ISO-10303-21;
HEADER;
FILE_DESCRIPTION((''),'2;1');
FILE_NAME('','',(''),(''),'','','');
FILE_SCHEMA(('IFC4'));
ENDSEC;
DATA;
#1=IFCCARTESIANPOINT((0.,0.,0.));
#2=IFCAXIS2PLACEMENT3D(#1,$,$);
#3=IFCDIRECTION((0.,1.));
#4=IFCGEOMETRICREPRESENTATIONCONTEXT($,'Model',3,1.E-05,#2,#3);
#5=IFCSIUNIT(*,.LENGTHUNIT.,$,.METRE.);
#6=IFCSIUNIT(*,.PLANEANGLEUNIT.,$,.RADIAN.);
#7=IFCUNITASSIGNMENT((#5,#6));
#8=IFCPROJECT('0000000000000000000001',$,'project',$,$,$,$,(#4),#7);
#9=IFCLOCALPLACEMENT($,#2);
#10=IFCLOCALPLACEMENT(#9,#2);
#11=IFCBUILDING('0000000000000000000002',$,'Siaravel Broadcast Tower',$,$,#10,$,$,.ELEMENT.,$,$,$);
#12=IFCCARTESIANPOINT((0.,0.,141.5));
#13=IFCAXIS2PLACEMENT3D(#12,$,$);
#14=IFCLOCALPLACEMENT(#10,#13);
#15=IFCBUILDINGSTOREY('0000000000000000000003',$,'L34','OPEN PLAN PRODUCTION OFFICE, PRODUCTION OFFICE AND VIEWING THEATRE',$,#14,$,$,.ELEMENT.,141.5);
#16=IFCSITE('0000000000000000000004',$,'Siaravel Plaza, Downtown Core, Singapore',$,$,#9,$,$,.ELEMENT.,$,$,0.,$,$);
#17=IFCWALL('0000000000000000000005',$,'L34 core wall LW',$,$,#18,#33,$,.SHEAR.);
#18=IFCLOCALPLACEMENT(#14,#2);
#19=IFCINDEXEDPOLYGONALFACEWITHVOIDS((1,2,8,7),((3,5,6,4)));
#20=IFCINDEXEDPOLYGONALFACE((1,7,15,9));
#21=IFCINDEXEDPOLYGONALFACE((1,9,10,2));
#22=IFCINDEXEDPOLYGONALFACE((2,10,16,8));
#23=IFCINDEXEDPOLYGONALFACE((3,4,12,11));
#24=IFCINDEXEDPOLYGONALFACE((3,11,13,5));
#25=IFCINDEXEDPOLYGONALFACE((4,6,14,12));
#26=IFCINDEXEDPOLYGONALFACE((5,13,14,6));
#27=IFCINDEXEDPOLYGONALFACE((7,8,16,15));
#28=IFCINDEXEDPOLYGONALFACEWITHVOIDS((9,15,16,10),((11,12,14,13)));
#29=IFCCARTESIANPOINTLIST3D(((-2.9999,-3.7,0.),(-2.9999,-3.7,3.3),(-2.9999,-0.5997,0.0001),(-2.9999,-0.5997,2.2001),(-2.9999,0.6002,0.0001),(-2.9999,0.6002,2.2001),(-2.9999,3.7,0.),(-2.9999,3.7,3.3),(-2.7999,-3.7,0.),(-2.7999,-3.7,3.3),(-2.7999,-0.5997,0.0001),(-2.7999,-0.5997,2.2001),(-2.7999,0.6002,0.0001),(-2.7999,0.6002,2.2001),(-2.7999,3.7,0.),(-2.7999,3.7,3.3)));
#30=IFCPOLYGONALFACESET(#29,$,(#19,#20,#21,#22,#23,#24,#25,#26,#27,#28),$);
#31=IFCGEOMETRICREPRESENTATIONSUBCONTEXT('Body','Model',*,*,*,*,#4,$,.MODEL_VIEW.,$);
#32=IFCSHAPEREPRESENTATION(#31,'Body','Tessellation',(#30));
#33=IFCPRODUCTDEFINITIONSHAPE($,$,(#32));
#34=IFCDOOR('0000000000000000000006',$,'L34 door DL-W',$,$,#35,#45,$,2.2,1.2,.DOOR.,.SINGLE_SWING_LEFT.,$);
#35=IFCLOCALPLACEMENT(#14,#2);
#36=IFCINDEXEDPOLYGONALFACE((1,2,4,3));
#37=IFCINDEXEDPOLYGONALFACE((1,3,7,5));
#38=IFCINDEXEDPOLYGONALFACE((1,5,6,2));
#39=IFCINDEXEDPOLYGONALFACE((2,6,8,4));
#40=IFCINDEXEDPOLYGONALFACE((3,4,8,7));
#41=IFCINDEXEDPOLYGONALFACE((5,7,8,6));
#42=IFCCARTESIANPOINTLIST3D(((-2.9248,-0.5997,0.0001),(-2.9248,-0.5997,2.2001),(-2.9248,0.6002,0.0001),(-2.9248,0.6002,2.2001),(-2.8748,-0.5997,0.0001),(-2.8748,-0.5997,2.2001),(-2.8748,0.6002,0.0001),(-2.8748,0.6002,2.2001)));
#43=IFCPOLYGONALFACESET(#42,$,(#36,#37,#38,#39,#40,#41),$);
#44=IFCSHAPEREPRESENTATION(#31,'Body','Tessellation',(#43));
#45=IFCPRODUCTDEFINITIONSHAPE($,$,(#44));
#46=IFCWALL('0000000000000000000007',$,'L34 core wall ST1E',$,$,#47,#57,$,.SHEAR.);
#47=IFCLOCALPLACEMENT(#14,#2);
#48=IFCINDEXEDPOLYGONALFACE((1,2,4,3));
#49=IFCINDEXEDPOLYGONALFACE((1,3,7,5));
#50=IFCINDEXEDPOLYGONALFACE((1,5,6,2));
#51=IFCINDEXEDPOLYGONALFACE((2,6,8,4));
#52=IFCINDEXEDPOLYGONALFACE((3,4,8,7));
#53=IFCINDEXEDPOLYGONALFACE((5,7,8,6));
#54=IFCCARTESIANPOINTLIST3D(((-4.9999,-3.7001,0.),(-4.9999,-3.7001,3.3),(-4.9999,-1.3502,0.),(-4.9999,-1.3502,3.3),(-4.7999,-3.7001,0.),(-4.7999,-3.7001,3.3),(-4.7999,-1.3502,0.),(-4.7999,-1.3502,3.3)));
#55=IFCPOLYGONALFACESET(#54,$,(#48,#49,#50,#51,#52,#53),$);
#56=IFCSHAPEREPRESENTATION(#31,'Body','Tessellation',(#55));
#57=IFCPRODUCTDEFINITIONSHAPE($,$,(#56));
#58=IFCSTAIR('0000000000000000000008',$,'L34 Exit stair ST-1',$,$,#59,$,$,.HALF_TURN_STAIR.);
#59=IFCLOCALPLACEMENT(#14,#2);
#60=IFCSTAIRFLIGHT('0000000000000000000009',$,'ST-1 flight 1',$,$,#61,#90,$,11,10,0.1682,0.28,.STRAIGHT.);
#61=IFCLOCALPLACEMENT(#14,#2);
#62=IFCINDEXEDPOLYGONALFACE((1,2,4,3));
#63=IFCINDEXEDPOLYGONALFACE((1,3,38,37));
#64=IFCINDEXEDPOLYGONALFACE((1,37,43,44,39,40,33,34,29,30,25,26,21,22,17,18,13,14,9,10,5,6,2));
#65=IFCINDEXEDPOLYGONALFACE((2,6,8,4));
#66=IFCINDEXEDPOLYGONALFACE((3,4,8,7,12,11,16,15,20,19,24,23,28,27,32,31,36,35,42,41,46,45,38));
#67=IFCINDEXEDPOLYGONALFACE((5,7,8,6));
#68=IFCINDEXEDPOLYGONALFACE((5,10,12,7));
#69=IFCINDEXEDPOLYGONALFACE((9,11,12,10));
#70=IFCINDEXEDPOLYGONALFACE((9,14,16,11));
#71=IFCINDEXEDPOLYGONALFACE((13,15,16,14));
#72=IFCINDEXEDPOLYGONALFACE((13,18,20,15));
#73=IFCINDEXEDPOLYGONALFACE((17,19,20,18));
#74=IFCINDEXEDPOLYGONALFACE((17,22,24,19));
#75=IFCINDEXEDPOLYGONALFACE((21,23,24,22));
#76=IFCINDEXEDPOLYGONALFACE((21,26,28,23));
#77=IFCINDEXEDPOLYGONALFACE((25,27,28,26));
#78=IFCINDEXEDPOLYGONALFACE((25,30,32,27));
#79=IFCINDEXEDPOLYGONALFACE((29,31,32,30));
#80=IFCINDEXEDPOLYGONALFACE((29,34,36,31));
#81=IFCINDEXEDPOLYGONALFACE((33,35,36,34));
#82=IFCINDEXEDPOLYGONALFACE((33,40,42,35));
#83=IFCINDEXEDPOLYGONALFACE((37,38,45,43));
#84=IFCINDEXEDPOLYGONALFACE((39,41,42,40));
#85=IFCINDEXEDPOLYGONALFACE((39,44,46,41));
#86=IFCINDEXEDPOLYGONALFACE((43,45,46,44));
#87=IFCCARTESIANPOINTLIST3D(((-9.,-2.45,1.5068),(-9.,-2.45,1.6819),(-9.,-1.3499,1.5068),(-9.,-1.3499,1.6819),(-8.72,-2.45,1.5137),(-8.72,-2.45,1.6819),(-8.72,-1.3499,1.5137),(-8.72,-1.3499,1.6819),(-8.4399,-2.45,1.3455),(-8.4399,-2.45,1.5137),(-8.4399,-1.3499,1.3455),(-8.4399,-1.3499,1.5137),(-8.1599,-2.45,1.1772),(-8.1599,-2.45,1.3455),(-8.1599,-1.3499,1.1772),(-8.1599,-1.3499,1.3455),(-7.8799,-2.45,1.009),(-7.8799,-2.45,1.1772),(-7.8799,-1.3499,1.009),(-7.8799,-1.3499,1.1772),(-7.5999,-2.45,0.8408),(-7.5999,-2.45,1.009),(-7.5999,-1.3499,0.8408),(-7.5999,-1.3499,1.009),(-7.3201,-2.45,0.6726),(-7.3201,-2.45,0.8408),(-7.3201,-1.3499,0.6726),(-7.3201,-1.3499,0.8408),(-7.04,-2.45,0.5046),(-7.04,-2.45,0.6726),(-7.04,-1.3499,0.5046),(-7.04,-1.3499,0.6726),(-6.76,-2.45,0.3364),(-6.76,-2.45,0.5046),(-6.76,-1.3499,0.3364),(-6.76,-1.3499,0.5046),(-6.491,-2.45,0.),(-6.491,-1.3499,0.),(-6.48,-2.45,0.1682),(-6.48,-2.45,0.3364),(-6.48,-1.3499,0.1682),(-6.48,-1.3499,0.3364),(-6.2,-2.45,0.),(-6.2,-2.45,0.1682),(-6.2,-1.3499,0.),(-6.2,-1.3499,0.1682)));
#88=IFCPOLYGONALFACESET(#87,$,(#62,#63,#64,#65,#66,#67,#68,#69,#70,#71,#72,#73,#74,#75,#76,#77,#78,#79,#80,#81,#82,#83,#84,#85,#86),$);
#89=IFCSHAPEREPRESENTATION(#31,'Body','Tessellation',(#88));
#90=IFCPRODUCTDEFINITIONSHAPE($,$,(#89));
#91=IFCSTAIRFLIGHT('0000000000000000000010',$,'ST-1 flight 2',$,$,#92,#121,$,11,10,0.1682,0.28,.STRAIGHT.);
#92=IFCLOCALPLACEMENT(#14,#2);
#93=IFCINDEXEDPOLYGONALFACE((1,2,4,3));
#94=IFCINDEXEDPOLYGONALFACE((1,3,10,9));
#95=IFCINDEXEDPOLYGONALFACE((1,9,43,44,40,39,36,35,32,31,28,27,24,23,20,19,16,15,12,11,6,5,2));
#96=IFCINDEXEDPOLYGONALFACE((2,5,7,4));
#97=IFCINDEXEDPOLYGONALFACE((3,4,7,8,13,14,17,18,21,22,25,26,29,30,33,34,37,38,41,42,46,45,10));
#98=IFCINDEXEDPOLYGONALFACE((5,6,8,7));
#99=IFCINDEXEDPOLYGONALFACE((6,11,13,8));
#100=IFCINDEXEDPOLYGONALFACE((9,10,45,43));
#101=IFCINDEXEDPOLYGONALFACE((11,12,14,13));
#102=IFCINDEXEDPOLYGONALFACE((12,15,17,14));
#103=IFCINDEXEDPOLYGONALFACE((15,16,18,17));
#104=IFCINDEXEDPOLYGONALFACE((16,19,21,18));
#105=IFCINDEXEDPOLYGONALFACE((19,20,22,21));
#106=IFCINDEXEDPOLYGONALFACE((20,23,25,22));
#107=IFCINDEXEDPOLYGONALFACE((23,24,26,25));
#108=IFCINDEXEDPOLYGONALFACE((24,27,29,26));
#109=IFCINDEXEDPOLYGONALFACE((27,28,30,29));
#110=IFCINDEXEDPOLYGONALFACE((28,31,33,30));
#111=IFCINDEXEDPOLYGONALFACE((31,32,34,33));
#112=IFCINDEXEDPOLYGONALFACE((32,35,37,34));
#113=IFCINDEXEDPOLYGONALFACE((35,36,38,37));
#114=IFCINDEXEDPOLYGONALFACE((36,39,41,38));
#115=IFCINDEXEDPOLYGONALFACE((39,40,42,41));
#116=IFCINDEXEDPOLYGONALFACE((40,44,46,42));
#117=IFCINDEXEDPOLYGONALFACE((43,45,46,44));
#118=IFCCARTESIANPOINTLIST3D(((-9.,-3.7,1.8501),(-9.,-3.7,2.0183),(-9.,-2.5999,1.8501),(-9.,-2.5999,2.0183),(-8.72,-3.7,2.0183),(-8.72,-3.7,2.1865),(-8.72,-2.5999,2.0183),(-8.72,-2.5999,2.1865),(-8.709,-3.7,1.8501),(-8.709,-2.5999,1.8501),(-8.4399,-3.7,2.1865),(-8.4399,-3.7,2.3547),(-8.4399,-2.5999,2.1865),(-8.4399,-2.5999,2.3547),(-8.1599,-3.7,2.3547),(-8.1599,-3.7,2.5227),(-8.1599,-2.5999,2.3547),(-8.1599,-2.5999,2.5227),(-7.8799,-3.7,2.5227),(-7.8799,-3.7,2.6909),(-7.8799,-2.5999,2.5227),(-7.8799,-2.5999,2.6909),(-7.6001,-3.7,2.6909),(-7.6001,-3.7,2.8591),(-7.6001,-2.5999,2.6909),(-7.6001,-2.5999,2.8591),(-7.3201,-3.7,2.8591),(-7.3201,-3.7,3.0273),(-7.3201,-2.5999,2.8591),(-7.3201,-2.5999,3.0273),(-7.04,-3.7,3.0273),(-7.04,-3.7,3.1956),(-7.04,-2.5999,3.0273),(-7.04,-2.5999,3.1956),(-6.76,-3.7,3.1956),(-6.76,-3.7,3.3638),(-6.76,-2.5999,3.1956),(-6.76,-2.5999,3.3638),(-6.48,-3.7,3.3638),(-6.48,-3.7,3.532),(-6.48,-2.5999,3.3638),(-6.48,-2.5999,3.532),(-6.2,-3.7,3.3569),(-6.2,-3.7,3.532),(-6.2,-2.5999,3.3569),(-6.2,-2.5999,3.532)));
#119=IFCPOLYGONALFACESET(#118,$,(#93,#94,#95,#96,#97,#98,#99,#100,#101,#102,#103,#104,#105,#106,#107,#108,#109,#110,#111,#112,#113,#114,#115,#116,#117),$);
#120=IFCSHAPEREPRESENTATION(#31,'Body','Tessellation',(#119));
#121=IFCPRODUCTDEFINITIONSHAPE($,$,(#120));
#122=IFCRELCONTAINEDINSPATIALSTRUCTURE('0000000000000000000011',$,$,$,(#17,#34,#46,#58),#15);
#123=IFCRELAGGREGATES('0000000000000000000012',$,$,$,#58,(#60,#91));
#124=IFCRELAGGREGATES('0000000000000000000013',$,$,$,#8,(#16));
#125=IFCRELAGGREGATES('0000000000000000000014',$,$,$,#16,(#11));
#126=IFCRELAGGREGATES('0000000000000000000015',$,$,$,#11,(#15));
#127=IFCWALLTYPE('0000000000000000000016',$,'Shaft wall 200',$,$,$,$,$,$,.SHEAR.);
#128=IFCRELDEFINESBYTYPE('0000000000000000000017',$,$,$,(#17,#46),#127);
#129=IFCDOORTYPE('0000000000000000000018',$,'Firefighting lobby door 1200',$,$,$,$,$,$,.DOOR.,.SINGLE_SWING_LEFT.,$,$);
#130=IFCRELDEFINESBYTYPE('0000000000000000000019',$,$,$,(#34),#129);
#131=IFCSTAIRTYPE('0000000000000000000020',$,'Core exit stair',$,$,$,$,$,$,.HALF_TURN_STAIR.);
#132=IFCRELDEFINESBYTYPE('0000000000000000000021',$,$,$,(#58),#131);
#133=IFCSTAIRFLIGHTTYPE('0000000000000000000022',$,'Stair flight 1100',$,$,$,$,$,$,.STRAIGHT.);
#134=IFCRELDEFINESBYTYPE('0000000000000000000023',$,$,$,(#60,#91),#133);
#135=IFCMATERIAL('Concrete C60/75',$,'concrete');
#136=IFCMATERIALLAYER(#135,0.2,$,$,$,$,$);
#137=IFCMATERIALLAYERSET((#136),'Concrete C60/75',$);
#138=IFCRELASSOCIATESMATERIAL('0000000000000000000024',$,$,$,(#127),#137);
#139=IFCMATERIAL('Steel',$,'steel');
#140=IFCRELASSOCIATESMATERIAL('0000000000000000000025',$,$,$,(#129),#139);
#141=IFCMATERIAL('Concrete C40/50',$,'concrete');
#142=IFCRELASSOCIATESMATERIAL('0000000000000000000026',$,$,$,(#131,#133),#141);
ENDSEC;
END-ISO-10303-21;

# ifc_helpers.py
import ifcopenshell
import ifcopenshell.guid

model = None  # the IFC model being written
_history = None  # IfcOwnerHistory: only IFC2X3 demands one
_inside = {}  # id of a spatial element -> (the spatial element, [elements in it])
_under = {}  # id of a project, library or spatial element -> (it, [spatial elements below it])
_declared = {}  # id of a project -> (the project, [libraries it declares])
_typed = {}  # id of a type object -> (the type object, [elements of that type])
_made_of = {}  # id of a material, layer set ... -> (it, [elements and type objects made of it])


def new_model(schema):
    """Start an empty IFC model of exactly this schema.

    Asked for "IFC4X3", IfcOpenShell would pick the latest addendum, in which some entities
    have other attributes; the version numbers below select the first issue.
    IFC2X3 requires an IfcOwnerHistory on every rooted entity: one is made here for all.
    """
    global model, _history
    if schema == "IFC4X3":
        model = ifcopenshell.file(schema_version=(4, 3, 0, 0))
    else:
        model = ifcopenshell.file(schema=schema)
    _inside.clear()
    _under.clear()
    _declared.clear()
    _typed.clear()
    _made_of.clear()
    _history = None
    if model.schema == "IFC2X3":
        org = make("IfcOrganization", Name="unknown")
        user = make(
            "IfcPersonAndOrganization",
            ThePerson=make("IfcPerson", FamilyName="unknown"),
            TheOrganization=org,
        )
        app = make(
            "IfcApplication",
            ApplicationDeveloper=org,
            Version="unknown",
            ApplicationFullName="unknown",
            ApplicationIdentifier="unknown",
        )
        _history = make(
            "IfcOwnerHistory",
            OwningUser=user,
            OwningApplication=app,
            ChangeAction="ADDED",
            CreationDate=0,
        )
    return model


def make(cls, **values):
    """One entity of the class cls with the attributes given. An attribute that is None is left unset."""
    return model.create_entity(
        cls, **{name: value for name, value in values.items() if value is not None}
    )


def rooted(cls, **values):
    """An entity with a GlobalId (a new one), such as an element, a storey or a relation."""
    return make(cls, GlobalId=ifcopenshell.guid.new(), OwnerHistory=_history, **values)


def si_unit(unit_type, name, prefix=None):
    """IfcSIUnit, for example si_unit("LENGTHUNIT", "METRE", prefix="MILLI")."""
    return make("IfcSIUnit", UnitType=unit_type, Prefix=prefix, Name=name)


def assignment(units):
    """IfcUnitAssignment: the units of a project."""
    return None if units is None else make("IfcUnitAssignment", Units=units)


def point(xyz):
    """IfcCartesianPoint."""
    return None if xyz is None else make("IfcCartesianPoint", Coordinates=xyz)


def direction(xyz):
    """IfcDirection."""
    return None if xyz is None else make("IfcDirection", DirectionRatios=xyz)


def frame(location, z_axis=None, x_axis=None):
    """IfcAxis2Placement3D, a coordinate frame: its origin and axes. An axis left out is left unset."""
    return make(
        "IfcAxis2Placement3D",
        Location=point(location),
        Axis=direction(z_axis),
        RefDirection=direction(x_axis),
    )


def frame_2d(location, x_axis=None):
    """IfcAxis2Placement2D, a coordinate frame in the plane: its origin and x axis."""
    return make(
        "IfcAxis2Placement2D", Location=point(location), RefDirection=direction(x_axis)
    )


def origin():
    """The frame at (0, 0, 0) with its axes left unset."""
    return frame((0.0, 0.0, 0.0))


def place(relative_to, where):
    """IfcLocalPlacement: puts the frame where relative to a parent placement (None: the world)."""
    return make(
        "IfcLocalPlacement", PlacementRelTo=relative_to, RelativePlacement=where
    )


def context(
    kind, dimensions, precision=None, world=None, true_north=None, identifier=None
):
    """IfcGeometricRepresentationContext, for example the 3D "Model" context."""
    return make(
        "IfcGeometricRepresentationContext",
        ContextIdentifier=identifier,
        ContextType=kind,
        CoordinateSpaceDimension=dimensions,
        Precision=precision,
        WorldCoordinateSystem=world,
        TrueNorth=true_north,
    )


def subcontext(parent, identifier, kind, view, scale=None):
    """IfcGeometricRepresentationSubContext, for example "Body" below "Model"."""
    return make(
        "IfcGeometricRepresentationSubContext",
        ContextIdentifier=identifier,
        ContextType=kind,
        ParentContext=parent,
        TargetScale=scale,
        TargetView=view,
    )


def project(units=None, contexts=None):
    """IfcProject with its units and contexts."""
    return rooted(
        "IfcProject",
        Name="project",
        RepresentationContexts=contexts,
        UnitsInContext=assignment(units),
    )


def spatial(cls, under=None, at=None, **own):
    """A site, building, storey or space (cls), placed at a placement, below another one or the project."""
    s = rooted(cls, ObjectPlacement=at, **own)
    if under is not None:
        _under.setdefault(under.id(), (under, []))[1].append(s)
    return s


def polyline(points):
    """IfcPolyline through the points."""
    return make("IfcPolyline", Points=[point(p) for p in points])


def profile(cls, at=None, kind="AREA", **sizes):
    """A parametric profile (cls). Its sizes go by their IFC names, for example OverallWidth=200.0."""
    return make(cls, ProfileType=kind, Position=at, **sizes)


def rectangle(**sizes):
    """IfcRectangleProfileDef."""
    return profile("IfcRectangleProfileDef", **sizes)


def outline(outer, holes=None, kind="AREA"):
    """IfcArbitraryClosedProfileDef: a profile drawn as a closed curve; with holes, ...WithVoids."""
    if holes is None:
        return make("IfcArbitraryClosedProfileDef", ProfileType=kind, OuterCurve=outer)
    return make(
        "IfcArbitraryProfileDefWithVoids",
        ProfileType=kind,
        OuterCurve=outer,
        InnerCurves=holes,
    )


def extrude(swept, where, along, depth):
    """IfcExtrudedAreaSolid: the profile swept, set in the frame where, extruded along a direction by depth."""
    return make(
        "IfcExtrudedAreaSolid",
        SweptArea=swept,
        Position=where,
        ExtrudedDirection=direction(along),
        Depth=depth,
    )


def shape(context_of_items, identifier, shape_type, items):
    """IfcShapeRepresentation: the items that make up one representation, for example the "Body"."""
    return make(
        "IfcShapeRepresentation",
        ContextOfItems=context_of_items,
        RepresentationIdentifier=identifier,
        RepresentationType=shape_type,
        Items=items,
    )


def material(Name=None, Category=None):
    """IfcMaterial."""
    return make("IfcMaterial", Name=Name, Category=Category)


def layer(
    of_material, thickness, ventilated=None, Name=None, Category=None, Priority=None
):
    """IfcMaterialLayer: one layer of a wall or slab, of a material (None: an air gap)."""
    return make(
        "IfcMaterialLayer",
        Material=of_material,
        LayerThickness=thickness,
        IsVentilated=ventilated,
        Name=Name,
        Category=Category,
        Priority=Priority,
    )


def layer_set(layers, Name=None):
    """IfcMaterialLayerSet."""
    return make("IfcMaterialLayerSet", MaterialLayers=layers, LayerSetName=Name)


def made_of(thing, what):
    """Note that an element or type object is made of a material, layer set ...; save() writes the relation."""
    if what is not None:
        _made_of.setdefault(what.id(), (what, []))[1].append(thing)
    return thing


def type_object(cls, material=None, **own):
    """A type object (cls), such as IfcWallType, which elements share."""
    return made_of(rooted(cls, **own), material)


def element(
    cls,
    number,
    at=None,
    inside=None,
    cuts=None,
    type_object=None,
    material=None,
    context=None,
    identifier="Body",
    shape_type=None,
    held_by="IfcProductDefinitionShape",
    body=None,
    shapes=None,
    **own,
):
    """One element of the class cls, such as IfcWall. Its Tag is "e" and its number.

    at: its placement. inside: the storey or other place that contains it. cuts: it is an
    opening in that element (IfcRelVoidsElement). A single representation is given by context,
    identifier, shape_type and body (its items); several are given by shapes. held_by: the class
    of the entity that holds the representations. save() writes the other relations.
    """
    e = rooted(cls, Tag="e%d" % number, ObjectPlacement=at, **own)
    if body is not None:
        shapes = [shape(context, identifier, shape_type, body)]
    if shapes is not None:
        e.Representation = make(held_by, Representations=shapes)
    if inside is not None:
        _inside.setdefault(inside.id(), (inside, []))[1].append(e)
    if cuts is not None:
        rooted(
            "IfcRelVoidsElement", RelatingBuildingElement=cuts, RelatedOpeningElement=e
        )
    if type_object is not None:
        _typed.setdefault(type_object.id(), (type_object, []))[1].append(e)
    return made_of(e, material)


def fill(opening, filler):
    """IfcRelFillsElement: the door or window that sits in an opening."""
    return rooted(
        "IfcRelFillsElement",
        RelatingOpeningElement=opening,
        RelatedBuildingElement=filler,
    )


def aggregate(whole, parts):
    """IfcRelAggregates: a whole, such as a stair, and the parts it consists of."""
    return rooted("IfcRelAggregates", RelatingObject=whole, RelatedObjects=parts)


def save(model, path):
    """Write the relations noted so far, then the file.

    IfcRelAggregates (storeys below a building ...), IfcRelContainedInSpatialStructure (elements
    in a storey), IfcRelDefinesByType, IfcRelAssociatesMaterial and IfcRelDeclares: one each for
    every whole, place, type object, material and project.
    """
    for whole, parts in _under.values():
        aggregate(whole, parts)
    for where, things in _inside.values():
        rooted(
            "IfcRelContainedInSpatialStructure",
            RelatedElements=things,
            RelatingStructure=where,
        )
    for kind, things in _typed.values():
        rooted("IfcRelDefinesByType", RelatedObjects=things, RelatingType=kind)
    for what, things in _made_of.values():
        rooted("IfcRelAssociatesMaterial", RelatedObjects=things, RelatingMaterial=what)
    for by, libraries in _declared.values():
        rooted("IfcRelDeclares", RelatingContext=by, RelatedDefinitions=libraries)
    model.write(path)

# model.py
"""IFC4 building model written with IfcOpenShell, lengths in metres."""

from ifc_helpers import new_model, si_unit, direction, frame, frame_2d, origin, place, context, subcontext, project, spatial, polyline, rectangle, outline, extrude, material, layer, layer_set, type_object, element, fill, aggregate, save


model = new_model("IFC4")

# Units and contexts
model_context = context("Model", 3, precision=1e-05, world=origin(), true_north=direction((0.0, 1.0)))
body_context = subcontext(model_context, "Body", "Model", "MODEL_VIEW")
ifc_project = project(units=[si_unit("LENGTHUNIT", "METRE"), si_unit("PLANEANGLEUNIT", "RADIAN")], contexts=[model_context])

# Site, building, storey
site_placement = place(None, origin())
site = spatial("IfcSite", under=ifc_project, at=site_placement, Name="Siaravel Plaza, Downtown Core, Singapore", CompositionType="ELEMENT", RefElevation=0.0)
building_placement = place(site_placement, origin())
building = spatial("IfcBuilding", under=site, at=building_placement, Name="Siaravel Broadcast Tower", CompositionType="ELEMENT")
storey_placement = place(building_placement, frame((0.0, 0.0, 141.5)))
storey = spatial("IfcBuildingStorey", under=building, at=storey_placement, Name="L34", Description="OPEN PLAN PRODUCTION OFFICE, PRODUCTION OFFICE AND VIEWING THEATRE", CompositionType="ELEMENT", Elevation=141.5)

# Shared definitions
ifc_material_1 = material(Name="Concrete C60/75", Category="concrete")

# Shared definitions
ifc_material_2 = material(Name="Steel", Category="steel")

# Wall, opening, door
ifc_layer_1 = layer(ifc_material_1, 0.2)
ifc_layer_set_1 = layer_set([ifc_layer_1], Name="Concrete C60/75")
wall_type_1 = type_object("IfcWallType", Name="Shaft wall 200", PredefinedType="SHEAR", material=ifc_layer_set_1)
wall_1_placement = place(storey_placement, frame((-2.8999, -3.7, 0.0), z_axis=(0.0, 0.0, 1.0), x_axis=(0.0, 1.0, 0.0)))
wall_1 = element("IfcWall", 1, at=wall_1_placement, inside=storey, type_object=wall_type_1, Name="L34 core wall LW", PredefinedType="SHEAR", context=body_context, shape_type="SweptSolid", body=[
    extrude(rectangle(XDim=7.3999, YDim=0.2, at=frame_2d((3.7, 0.0))), origin(), (0.0, 0.0, 1.0), 3.3),
])
opening_1_placement = place(wall_1_placement, frame((3.1001, 0.0, 0.0)))
opening_1 = element("IfcOpeningElement", 2, at=opening_1_placement, cuts=wall_1, PredefinedType="OPENING", context=body_context, shape_type="SweptSolid", body=[
    extrude(rectangle(XDim=1.2, YDim=2.2, at=frame_2d((0.6001, 1.1001))), frame((0.0, 0.1099, 0.0), z_axis=(0.0, -1.0, 0.0), x_axis=(1.0, 0.0, 0.0)), (0.0, 0.0, 1.0), 0.22),
])
door_type_1 = type_object("IfcDoorType", Name="Firefighting lobby door 1200", OperationType="SINGLE_SWING_LEFT", PredefinedType="DOOR", material=ifc_material_2)
door_1_placement = place(opening_1_placement, origin())
door_1 = element("IfcDoor", 3, at=door_1_placement, inside=storey, type_object=door_type_1, Name="L34 door DL-W", OperationType="SINGLE_SWING_LEFT", OverallHeight=2.2, OverallWidth=1.2, PredefinedType="DOOR", context=body_context, shape_type="SweptSolid", body=[
    extrude(rectangle(XDim=1.2, YDim=2.2, at=frame_2d((0.6001, 1.1001))), frame((0.0, 0.0249, 0.0), z_axis=(0.0, -1.0, 0.0), x_axis=(1.0, 0.0, 0.0)), (0.0, 0.0, 1.0), 0.05),
])
fill(opening_1, door_1)

# Wall
wall_2_placement = place(storey_placement, frame((-4.8999, -3.7, 0.0), z_axis=(0.0, 0.0, 1.0), x_axis=(0.0, 1.0, 0.0)))
element("IfcWall", 4, at=wall_2_placement, inside=storey, type_object=wall_type_1, Name="L34 core wall ST1E", PredefinedType="SHEAR", context=body_context, shape_type="SweptSolid", body=[
    extrude(rectangle(XDim=2.3499, YDim=0.2, at=frame_2d((1.1748, 0.0))), origin(), (0.0, 0.0, 1.0), 3.3),
])

# Stair, stair flights
ifc_material_3 = material(Name="Concrete C40/50", Category="concrete")
stair_type = type_object("IfcStairType", Name="Core exit stair", PredefinedType="HALF_TURN_STAIR", material=ifc_material_3)
stair_placement = place(storey_placement, origin())
stair = element("IfcStair", 5, at=stair_placement, inside=storey, type_object=stair_type, Name="L34 Exit stair ST-1", PredefinedType="HALF_TURN_STAIR")
stair_flight_type = type_object("IfcStairFlightType", Name="Stair flight 1100", PredefinedType="STRAIGHT", material=ifc_material_3)
stair_flight_1_placement = place(storey_placement, frame((-6.2, -1.8999, 0.0), z_axis=(0.0, 0.0, 1.0), x_axis=(-1.0, 0.0, 0.0)))
stair_flight_1 = element("IfcStairFlight", 6, at=stair_flight_1_placement, type_object=stair_flight_type, Name="ST-1 flight 1", NumberOfRisers=11, NumberOfTreads=10, PredefinedType="STRAIGHT", RiserHeight=0.1682, TreadLength=0.28, context=body_context, shape_type="SweptSolid", body=[
    extrude(outline(polyline([(0.0, 0.0), (0.0, 0.1682), (0.28, 0.1682), (0.28, 0.3364), (0.5601, 0.3364), (0.5601, 0.5046), (0.8401, 0.5046), (0.8401, 0.6726), (1.1201, 0.6726), (1.1201, 0.8408), (1.3999, 0.8408), (1.3999, 1.009), (1.6799, 1.009), (1.6799, 1.1772), (1.96, 1.1772), (1.96, 1.3455), (2.24, 1.3455), (2.24, 1.5137), (2.52, 1.5137), (2.52, 1.6819), (2.8, 1.6819), (2.8, 1.8501), (2.8, 1.5068), (0.291, 0.0), (0.0, 0.0)])), frame((0.0, 0.55, 0.0), z_axis=(0.0, -1.0, 0.0), x_axis=(1.0, 0.0, 0.0)), (0.0, 0.0, 1.0), 1.1001),
])
stair_flight_2_placement = place(storey_placement, frame((-9.0, -3.1499, 1.8501), z_axis=(0.0, 0.0, 1.0), x_axis=(1.0, 0.0, 0.0)))
stair_flight_2 = element("IfcStairFlight", 7, at=stair_flight_2_placement, type_object=stair_flight_type, Name="ST-1 flight 2", NumberOfRisers=11, NumberOfTreads=10, PredefinedType="STRAIGHT", RiserHeight=0.1682, TreadLength=0.28, context=body_context, shape_type="SweptSolid", body=[
    extrude(outline(polyline([(0.0, 0.0), (0.0, 0.1682), (0.28, 0.1682), (0.28, 0.3364), (0.5601, 0.3364), (0.5601, 0.5046), (0.8401, 0.5046), (0.8401, 0.6726), (1.1201, 0.6726), (1.1201, 0.8408), (1.3999, 0.8408), (1.3999, 1.009), (1.6799, 1.009), (1.6799, 1.1772), (1.96, 1.1772), (1.96, 1.3455), (2.24, 1.3455), (2.24, 1.5137), (2.52, 1.5137), (2.52, 1.6819), (2.8, 1.6819), (2.8, 1.8501), (2.8, 1.5068), (0.291, 0.0), (0.0, 0.0)])), frame((0.0, 0.55, 0.0), z_axis=(0.0, -1.0, 0.0), x_axis=(1.0, 0.0, 0.0)), (0.0, 0.0, 1.0), 1.1001),
])
aggregate(stair, [stair_flight_1, stair_flight_2])

save(model, "model.ifc")
